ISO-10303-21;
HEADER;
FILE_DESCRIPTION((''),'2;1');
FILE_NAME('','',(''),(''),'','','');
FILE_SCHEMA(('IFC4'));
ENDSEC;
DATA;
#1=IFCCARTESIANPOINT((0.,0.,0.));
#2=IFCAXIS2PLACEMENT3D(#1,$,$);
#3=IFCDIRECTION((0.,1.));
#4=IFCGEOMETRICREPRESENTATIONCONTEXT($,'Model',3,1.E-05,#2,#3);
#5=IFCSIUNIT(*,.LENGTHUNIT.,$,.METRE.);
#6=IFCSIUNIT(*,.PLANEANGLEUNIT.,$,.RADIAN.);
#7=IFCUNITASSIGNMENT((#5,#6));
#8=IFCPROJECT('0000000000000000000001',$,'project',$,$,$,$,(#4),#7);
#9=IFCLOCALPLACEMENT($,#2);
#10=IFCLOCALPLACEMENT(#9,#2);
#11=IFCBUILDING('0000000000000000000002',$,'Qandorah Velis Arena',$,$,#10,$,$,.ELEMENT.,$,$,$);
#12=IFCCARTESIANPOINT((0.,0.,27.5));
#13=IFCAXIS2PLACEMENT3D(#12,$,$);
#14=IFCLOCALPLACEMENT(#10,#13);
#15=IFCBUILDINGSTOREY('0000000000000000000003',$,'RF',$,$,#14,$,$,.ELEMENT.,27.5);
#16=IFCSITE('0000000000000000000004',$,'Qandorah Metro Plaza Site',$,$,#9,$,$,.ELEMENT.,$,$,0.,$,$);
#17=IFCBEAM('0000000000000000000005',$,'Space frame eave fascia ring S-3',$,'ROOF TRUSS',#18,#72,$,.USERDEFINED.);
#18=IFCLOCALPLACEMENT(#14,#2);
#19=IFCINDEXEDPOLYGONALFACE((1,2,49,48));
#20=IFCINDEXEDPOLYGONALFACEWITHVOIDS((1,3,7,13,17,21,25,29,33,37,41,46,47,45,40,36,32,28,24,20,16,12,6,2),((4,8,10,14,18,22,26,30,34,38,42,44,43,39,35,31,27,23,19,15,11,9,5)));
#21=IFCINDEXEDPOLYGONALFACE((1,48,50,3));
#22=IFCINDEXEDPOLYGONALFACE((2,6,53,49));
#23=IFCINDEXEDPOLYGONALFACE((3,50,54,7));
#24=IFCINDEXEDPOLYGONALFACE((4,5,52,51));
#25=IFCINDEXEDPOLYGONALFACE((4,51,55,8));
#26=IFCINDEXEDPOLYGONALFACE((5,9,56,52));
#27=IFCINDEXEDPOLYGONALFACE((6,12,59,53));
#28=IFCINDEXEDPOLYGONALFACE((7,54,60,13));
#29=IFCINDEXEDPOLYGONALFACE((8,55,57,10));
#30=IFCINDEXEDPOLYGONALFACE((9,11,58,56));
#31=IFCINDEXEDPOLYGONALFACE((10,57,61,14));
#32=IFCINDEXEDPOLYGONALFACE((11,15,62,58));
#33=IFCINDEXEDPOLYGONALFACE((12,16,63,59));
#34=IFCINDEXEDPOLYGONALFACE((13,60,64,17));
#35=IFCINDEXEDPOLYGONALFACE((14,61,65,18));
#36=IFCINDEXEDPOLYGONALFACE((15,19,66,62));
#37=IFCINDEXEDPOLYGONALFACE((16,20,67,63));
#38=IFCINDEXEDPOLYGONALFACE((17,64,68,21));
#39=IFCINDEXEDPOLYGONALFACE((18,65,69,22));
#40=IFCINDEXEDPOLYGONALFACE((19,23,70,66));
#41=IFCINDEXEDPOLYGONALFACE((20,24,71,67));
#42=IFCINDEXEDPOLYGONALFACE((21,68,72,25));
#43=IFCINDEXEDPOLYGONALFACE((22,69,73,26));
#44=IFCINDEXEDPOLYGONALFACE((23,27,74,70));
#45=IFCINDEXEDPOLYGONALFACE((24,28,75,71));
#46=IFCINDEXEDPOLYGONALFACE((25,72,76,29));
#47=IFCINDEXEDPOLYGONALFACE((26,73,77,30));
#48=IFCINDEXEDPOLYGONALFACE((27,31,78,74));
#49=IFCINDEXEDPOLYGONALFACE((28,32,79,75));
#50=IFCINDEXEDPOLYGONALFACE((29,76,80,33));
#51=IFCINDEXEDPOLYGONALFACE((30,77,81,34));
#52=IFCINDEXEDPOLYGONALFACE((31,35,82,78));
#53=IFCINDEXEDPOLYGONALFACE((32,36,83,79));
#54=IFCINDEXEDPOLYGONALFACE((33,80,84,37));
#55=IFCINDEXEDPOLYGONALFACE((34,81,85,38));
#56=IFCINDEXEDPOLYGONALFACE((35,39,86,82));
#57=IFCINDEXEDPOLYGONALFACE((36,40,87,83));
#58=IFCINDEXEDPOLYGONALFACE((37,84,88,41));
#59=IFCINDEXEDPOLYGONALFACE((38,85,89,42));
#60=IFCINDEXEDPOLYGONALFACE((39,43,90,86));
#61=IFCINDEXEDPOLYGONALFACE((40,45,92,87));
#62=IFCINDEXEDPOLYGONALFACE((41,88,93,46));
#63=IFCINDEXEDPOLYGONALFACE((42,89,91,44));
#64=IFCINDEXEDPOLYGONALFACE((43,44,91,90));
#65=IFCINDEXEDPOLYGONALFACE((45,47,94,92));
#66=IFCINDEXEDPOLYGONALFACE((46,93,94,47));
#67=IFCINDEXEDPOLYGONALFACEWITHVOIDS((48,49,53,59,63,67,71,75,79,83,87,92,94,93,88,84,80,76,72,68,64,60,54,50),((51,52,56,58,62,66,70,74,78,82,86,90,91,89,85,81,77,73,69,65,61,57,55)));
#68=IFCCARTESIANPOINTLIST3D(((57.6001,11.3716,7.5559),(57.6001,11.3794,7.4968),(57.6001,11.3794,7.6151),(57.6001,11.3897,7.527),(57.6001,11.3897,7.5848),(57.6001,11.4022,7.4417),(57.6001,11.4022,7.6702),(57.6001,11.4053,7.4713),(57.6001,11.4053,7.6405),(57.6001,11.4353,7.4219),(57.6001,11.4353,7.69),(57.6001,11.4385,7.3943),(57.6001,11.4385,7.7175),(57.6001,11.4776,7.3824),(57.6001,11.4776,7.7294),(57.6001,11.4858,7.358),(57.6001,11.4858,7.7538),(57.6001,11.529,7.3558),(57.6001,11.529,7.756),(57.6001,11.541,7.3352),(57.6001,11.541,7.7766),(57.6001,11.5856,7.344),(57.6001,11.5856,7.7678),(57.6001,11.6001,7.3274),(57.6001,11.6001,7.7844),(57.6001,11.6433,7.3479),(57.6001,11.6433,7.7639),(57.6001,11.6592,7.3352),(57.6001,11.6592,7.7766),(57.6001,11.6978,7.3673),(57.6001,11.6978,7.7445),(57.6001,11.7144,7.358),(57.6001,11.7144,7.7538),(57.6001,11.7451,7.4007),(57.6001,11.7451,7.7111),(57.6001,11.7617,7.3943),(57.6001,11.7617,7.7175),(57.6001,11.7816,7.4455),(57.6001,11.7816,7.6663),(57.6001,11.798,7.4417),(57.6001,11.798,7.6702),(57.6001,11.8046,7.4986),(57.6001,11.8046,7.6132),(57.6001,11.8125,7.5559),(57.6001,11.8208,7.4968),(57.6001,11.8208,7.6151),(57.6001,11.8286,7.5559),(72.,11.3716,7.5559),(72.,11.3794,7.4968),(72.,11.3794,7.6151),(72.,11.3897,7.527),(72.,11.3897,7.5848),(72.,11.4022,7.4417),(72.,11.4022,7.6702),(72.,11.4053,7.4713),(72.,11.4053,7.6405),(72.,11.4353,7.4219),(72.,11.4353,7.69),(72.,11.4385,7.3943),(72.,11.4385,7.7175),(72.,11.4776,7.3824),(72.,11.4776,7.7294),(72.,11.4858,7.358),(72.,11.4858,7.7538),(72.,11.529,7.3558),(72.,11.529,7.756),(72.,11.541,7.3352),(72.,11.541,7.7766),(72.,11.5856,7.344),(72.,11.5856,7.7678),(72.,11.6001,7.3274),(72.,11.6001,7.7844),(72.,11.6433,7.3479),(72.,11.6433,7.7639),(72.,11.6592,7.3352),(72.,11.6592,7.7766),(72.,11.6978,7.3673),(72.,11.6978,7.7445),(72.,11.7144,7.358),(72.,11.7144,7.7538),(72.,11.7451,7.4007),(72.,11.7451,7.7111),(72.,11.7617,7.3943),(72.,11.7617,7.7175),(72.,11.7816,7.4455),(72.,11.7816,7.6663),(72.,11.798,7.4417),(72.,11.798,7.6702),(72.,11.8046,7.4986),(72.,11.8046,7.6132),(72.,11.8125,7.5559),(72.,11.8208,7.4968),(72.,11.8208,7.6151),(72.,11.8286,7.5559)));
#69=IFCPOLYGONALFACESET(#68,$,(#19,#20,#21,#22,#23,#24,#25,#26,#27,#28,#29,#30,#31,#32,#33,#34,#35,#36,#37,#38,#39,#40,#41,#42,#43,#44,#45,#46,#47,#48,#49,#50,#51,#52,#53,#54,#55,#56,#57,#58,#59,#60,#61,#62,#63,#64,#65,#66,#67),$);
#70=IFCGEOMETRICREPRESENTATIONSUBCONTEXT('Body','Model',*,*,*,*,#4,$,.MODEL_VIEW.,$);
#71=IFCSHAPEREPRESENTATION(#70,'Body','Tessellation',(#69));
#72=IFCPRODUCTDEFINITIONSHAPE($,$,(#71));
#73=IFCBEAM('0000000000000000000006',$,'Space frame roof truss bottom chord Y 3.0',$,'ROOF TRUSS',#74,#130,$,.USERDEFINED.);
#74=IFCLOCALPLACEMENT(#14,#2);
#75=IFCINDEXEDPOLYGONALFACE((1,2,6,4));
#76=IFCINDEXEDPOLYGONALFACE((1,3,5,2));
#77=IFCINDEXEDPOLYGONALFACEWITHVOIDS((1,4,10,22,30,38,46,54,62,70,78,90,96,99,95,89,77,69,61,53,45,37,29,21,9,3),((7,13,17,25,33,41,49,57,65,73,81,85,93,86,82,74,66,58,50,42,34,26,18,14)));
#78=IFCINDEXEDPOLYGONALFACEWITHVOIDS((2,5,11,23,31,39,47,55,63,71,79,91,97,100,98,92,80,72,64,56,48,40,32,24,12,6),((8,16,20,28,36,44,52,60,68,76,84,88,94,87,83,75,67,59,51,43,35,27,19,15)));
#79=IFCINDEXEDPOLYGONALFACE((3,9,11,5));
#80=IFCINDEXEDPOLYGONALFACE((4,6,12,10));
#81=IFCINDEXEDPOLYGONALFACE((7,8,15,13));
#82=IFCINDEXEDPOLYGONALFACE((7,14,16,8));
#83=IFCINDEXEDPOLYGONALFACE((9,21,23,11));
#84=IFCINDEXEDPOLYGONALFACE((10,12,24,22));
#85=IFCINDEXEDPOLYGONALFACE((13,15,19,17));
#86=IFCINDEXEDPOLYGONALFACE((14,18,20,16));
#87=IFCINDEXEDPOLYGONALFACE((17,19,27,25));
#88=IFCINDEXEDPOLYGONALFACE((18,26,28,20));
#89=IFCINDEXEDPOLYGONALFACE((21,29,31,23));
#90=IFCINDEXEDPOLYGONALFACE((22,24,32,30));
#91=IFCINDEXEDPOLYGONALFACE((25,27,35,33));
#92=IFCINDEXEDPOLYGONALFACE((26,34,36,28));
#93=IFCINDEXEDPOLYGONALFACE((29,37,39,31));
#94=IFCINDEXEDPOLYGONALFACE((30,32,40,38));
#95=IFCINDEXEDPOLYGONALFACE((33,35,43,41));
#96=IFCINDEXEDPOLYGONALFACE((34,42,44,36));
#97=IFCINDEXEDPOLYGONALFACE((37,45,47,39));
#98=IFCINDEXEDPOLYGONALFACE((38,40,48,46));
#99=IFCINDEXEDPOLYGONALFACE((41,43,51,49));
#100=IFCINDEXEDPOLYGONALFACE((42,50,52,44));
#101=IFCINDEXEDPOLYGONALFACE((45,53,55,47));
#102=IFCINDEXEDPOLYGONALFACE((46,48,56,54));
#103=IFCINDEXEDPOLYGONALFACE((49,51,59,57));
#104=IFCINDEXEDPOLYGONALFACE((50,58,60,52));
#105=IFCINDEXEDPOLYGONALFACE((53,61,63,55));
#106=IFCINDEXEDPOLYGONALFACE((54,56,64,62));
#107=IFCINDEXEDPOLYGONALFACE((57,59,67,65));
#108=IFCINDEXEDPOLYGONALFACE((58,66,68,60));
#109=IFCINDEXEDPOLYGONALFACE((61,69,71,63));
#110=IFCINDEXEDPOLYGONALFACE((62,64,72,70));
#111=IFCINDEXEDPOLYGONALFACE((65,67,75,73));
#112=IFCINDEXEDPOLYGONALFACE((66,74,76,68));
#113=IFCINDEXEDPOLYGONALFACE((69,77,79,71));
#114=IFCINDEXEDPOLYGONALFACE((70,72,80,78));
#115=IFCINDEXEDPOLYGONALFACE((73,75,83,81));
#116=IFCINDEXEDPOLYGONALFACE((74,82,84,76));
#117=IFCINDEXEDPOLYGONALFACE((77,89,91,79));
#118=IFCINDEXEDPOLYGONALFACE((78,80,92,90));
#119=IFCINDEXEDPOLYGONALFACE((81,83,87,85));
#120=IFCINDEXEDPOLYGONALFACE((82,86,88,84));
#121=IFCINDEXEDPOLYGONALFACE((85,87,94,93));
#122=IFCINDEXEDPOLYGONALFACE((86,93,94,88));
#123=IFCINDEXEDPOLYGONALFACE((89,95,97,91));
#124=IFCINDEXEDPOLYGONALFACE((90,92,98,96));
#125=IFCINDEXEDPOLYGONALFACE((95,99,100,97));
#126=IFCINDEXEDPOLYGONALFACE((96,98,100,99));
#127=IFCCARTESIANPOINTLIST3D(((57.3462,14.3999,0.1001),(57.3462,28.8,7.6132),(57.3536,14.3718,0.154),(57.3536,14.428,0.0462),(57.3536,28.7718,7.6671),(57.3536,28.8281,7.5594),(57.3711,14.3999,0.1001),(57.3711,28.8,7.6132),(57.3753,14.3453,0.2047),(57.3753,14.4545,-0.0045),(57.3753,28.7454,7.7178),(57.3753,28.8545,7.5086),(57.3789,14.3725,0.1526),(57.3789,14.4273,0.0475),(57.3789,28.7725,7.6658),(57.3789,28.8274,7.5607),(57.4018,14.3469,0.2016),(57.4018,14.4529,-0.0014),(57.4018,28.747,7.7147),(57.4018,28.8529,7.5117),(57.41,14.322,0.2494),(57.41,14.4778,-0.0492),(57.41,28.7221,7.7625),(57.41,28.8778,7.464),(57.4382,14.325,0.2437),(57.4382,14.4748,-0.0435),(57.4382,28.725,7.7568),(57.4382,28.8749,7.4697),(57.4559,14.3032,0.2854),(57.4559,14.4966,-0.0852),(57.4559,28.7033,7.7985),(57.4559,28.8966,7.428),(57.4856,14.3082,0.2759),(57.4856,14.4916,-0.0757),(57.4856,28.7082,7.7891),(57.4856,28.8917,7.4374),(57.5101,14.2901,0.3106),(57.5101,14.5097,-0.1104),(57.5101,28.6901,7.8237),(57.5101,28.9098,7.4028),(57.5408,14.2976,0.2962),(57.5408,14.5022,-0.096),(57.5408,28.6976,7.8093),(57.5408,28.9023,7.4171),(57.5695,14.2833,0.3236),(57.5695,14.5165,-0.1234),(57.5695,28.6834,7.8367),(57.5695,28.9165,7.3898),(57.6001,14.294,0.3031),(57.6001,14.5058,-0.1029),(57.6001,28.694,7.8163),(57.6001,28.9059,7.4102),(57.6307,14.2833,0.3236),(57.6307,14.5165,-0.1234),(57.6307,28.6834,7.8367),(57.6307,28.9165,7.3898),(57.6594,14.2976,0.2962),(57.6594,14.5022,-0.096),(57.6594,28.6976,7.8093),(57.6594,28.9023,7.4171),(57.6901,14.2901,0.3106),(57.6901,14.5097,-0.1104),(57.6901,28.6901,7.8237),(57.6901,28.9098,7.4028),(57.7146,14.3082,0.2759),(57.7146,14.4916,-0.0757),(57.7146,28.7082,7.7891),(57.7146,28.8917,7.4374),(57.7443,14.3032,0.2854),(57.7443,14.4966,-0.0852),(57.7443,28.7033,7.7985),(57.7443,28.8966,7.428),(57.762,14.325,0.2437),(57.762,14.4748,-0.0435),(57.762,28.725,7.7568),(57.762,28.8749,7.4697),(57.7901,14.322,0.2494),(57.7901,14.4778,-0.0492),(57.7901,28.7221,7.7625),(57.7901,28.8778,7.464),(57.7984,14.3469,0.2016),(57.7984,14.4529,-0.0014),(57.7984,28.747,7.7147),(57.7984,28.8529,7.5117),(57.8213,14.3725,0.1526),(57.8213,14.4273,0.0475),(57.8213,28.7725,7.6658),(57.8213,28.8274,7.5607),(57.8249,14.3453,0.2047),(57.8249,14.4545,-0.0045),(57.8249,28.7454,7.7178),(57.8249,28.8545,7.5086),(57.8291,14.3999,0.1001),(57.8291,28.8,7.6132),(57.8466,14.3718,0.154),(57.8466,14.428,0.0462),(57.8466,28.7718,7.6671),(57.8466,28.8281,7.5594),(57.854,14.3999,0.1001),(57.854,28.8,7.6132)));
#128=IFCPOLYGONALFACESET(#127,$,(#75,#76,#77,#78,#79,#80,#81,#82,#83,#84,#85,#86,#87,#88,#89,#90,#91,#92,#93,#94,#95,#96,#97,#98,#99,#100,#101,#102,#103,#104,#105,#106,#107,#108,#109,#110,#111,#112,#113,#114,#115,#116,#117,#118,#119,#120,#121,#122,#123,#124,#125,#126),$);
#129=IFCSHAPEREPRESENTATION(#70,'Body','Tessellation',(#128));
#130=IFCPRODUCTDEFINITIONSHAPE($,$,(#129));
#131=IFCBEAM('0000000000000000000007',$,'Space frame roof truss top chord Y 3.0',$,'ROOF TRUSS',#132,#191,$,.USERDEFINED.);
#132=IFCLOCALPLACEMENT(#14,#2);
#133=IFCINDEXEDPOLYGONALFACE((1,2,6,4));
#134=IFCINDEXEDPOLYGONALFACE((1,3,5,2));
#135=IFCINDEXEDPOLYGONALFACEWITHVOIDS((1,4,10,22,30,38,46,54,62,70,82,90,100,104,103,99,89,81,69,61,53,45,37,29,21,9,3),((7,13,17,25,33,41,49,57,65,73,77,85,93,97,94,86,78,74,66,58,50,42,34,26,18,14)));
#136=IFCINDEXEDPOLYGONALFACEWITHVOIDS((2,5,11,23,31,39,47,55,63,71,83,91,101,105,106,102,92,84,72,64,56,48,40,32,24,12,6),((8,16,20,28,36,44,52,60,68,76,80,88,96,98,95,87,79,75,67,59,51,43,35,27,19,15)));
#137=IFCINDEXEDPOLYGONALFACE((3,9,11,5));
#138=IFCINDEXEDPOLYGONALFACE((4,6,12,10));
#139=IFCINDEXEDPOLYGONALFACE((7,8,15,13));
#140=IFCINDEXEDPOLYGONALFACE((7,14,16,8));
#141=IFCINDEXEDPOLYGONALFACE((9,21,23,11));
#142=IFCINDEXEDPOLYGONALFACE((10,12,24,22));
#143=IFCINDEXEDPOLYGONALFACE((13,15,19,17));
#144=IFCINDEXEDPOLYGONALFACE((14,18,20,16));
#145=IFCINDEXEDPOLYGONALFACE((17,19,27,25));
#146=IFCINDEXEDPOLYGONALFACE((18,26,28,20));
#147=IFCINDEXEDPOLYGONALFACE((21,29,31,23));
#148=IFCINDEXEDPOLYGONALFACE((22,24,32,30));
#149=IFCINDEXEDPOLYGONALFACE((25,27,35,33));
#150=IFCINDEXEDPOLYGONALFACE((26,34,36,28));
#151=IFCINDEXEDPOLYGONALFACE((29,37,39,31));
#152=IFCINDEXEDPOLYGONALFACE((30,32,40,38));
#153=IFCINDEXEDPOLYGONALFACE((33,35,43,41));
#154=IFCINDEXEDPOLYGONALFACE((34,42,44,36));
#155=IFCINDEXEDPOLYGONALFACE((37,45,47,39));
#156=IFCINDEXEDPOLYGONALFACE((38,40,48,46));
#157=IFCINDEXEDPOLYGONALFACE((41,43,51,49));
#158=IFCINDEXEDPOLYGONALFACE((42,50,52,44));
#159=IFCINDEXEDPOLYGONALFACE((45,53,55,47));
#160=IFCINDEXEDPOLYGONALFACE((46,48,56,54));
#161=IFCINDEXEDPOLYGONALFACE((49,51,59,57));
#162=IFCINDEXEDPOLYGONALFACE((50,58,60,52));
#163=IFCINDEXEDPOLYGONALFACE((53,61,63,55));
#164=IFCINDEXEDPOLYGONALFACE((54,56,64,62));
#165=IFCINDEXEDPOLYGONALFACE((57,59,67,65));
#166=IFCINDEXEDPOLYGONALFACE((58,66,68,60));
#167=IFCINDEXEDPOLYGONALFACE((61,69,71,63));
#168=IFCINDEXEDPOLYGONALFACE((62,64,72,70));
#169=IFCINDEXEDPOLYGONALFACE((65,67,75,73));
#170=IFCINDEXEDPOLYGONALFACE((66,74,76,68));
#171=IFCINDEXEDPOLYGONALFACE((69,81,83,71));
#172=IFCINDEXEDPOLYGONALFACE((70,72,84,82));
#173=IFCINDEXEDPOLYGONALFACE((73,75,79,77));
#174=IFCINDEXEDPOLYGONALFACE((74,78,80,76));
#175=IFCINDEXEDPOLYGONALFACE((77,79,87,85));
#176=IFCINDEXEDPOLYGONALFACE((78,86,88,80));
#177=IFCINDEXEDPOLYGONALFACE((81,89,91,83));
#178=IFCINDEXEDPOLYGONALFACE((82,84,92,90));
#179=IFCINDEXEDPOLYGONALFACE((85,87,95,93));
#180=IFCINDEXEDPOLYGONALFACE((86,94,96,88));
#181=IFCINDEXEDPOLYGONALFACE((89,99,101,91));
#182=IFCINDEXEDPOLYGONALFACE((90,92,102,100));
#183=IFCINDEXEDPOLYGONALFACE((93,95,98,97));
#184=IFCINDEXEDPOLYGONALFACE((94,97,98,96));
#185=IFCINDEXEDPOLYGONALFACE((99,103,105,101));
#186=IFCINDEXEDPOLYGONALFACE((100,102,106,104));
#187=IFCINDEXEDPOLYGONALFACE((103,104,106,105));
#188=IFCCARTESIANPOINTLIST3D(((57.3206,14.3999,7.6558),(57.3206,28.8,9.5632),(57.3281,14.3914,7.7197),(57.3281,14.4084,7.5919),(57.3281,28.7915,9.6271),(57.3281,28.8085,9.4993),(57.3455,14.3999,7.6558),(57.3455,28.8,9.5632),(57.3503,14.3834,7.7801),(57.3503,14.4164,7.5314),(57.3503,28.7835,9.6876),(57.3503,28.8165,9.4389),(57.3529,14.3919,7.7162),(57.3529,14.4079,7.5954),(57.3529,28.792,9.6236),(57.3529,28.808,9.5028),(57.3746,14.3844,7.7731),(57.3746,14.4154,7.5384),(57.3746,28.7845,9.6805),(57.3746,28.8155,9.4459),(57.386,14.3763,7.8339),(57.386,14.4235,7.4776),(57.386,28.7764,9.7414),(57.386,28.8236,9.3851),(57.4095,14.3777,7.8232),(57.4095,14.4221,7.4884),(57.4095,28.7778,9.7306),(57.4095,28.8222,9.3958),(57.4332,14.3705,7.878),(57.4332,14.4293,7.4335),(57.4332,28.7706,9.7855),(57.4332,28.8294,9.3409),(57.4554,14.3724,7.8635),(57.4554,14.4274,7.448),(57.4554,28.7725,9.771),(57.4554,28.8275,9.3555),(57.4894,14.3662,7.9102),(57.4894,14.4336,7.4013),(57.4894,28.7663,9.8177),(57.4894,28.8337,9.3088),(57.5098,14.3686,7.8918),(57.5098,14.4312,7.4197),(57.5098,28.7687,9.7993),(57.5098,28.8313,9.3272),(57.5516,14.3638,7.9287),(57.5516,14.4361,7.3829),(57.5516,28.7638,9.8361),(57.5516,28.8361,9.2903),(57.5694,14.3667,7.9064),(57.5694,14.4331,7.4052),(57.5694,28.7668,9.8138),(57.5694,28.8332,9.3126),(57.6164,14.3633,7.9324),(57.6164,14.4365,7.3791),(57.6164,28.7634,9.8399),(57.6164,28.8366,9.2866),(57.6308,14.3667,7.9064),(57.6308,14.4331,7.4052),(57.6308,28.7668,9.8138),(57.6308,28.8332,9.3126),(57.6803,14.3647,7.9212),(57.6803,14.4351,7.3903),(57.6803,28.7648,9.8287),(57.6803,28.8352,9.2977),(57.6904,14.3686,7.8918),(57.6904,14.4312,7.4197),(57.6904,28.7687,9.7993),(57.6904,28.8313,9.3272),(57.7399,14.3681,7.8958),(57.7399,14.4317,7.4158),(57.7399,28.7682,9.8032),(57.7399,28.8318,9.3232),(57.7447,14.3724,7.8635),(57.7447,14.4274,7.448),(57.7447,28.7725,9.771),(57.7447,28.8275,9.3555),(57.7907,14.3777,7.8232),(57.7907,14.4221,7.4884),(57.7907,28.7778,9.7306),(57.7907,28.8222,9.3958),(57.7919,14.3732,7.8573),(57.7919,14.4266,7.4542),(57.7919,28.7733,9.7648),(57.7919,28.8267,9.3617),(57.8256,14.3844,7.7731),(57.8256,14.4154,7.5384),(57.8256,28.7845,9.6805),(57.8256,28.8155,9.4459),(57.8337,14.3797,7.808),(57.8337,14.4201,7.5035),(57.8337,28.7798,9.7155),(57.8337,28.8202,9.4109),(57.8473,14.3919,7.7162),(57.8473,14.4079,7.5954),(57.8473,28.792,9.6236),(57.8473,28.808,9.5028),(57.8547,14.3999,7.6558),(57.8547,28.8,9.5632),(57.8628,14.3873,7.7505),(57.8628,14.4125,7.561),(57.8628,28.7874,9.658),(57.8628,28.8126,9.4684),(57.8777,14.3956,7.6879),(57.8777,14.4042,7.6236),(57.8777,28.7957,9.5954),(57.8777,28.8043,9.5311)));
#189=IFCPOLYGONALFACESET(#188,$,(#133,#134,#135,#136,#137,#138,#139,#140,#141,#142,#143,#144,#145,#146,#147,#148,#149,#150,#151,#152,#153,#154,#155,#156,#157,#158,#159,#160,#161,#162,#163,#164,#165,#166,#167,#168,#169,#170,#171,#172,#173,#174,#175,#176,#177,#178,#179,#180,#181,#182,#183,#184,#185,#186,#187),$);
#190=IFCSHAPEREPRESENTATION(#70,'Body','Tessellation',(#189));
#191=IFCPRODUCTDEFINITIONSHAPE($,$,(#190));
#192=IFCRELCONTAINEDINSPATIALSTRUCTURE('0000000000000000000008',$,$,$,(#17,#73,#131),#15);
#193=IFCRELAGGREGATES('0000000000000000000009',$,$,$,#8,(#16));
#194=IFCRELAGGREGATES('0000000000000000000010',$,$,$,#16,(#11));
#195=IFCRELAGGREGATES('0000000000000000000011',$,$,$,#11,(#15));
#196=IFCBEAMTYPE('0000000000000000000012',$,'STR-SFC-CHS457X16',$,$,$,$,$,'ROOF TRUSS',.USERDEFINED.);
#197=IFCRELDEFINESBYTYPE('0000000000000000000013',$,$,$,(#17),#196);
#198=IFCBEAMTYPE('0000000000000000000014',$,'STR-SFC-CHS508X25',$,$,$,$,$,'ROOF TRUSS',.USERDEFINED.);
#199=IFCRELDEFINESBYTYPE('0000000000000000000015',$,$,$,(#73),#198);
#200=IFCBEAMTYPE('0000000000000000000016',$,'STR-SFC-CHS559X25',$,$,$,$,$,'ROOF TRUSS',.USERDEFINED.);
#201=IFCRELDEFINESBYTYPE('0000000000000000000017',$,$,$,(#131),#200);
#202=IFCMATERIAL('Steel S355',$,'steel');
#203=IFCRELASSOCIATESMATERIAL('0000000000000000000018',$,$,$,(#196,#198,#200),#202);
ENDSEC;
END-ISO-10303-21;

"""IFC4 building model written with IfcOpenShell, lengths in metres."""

from ifc_helpers import new_model, si_unit, direction, frame, origin, origin_2d, place, context, subcontext, project, spatial, hollow_circle, extrude, material, material_profile, profile_set, type_object, element, save


model = new_model("IFC4")

# Units and contexts
model_context = context("Model", 3, precision=1e-05, world=origin(), true_north=direction((0.0, 1.0)))
body_context = subcontext(model_context, "Body", "Model", "MODEL_VIEW")
ifc_project = project(units=[si_unit("LENGTHUNIT", "METRE"), si_unit("PLANEANGLEUNIT", "RADIAN")], contexts=[model_context])

# Site, building, storey
site_placement = place(None, origin())
site = spatial("IfcSite", under=ifc_project, at=site_placement, Name="Qandorah Metro Plaza Site", CompositionType="ELEMENT", RefElevation=0.0)
building_placement = place(site_placement, origin())
building = spatial("IfcBuilding", under=site, at=building_placement, Name="Qandorah Velis Arena", CompositionType="ELEMENT")
storey_placement = place(building_placement, frame((0.0, 0.0, 27.5)))
storey = spatial("IfcBuildingStorey", under=building, at=storey_placement, Name="RF", CompositionType="ELEMENT", Elevation=27.5)

# Beams
ifc_material_1 = material(Name="Steel S355", Category="steel")
ifc_material_profile_1 = material_profile(ifc_material_1, hollow_circle(Radius=0.2285, WallThickness=0.0161, at=origin_2d()), Name="CHS 457x16")
ifc_profile_set_1 = profile_set([ifc_material_profile_1], Name="Steel S355")
beam_type_1 = type_object("IfcBeamType", Name="STR-SFC-CHS457X16", ElementType="ROOF TRUSS", PredefinedType="USERDEFINED", material=ifc_profile_set_1)
beam_1_placement = place(storey_placement, frame((57.6001, 11.6001, 7.5559), z_axis=(1.0, 0.0, 0.0), x_axis=(0.0, 1.0, 0.0)))
element("IfcBeam", 1, at=beam_1_placement, inside=storey, type_object=beam_type_1, Name="Space frame eave fascia ring S-3", ObjectType="ROOF TRUSS", PredefinedType="USERDEFINED", context=body_context, shape_type="SweptSolid", body=[
    extrude(hollow_circle(Radius=0.2285, WallThickness=0.0161, at=origin_2d()), origin(), (0.0, 0.0, 1.0), 14.3999),
])
ifc_material_profile_2 = material_profile(ifc_material_1, hollow_circle(Radius=0.2539, WallThickness=0.0249, at=origin_2d()), Name="CHS 508x25")
ifc_profile_set_2 = profile_set([ifc_material_profile_2], Name="Steel S355")
beam_type_2 = type_object("IfcBeamType", Name="STR-SFC-CHS508X25", ElementType="ROOF TRUSS", PredefinedType="USERDEFINED", material=ifc_profile_set_2)
beam_2_placement = place(storey_placement, frame((57.6001, 14.3999, 0.1001), z_axis=(0.0, 0.886583, 0.462569), x_axis=(-1.0, 0.0, 0.0)))
element("IfcBeam", 2, at=beam_2_placement, inside=storey, type_object=beam_type_2, Name="Space frame roof truss bottom chord Y 3.0", ObjectType="ROOF TRUSS", PredefinedType="USERDEFINED", context=body_context, shape_type="SweptSolid", body=[
    extrude(hollow_circle(Radius=0.2539, WallThickness=0.0249, at=origin_2d()), origin(), (0.0, 0.0, 1.0), 16.2422),
])
ifc_material_profile_3 = material_profile(ifc_material_1, hollow_circle(Radius=0.2795, WallThickness=0.0249, at=origin_2d()), Name="CHS 559x25")
ifc_profile_set_3 = profile_set([ifc_material_profile_3], Name="Steel S355")
beam_type_3 = type_object("IfcBeamType", Name="STR-SFC-CHS559X25", ElementType="ROOF TRUSS", PredefinedType="USERDEFINED", material=ifc_profile_set_3)
beam_3_placement = place(storey_placement, frame((57.6001, 14.3999, 7.6558), z_axis=(0.0, 0.991341, 0.131315), x_axis=(-1.0, 0.0, 0.0)))
element("IfcBeam", 3, at=beam_3_placement, inside=storey, type_object=beam_type_3, Name="Space frame roof truss top chord Y 3.0", ObjectType="ROOF TRUSS", PredefinedType="USERDEFINED", context=body_context, shape_type="SweptSolid", body=[
    extrude(hollow_circle(Radius=0.2795, WallThickness=0.0249, at=origin_2d()), origin(), (0.0, 0.0, 1.0), 14.5259),
])

save(model, "model.ifc")
